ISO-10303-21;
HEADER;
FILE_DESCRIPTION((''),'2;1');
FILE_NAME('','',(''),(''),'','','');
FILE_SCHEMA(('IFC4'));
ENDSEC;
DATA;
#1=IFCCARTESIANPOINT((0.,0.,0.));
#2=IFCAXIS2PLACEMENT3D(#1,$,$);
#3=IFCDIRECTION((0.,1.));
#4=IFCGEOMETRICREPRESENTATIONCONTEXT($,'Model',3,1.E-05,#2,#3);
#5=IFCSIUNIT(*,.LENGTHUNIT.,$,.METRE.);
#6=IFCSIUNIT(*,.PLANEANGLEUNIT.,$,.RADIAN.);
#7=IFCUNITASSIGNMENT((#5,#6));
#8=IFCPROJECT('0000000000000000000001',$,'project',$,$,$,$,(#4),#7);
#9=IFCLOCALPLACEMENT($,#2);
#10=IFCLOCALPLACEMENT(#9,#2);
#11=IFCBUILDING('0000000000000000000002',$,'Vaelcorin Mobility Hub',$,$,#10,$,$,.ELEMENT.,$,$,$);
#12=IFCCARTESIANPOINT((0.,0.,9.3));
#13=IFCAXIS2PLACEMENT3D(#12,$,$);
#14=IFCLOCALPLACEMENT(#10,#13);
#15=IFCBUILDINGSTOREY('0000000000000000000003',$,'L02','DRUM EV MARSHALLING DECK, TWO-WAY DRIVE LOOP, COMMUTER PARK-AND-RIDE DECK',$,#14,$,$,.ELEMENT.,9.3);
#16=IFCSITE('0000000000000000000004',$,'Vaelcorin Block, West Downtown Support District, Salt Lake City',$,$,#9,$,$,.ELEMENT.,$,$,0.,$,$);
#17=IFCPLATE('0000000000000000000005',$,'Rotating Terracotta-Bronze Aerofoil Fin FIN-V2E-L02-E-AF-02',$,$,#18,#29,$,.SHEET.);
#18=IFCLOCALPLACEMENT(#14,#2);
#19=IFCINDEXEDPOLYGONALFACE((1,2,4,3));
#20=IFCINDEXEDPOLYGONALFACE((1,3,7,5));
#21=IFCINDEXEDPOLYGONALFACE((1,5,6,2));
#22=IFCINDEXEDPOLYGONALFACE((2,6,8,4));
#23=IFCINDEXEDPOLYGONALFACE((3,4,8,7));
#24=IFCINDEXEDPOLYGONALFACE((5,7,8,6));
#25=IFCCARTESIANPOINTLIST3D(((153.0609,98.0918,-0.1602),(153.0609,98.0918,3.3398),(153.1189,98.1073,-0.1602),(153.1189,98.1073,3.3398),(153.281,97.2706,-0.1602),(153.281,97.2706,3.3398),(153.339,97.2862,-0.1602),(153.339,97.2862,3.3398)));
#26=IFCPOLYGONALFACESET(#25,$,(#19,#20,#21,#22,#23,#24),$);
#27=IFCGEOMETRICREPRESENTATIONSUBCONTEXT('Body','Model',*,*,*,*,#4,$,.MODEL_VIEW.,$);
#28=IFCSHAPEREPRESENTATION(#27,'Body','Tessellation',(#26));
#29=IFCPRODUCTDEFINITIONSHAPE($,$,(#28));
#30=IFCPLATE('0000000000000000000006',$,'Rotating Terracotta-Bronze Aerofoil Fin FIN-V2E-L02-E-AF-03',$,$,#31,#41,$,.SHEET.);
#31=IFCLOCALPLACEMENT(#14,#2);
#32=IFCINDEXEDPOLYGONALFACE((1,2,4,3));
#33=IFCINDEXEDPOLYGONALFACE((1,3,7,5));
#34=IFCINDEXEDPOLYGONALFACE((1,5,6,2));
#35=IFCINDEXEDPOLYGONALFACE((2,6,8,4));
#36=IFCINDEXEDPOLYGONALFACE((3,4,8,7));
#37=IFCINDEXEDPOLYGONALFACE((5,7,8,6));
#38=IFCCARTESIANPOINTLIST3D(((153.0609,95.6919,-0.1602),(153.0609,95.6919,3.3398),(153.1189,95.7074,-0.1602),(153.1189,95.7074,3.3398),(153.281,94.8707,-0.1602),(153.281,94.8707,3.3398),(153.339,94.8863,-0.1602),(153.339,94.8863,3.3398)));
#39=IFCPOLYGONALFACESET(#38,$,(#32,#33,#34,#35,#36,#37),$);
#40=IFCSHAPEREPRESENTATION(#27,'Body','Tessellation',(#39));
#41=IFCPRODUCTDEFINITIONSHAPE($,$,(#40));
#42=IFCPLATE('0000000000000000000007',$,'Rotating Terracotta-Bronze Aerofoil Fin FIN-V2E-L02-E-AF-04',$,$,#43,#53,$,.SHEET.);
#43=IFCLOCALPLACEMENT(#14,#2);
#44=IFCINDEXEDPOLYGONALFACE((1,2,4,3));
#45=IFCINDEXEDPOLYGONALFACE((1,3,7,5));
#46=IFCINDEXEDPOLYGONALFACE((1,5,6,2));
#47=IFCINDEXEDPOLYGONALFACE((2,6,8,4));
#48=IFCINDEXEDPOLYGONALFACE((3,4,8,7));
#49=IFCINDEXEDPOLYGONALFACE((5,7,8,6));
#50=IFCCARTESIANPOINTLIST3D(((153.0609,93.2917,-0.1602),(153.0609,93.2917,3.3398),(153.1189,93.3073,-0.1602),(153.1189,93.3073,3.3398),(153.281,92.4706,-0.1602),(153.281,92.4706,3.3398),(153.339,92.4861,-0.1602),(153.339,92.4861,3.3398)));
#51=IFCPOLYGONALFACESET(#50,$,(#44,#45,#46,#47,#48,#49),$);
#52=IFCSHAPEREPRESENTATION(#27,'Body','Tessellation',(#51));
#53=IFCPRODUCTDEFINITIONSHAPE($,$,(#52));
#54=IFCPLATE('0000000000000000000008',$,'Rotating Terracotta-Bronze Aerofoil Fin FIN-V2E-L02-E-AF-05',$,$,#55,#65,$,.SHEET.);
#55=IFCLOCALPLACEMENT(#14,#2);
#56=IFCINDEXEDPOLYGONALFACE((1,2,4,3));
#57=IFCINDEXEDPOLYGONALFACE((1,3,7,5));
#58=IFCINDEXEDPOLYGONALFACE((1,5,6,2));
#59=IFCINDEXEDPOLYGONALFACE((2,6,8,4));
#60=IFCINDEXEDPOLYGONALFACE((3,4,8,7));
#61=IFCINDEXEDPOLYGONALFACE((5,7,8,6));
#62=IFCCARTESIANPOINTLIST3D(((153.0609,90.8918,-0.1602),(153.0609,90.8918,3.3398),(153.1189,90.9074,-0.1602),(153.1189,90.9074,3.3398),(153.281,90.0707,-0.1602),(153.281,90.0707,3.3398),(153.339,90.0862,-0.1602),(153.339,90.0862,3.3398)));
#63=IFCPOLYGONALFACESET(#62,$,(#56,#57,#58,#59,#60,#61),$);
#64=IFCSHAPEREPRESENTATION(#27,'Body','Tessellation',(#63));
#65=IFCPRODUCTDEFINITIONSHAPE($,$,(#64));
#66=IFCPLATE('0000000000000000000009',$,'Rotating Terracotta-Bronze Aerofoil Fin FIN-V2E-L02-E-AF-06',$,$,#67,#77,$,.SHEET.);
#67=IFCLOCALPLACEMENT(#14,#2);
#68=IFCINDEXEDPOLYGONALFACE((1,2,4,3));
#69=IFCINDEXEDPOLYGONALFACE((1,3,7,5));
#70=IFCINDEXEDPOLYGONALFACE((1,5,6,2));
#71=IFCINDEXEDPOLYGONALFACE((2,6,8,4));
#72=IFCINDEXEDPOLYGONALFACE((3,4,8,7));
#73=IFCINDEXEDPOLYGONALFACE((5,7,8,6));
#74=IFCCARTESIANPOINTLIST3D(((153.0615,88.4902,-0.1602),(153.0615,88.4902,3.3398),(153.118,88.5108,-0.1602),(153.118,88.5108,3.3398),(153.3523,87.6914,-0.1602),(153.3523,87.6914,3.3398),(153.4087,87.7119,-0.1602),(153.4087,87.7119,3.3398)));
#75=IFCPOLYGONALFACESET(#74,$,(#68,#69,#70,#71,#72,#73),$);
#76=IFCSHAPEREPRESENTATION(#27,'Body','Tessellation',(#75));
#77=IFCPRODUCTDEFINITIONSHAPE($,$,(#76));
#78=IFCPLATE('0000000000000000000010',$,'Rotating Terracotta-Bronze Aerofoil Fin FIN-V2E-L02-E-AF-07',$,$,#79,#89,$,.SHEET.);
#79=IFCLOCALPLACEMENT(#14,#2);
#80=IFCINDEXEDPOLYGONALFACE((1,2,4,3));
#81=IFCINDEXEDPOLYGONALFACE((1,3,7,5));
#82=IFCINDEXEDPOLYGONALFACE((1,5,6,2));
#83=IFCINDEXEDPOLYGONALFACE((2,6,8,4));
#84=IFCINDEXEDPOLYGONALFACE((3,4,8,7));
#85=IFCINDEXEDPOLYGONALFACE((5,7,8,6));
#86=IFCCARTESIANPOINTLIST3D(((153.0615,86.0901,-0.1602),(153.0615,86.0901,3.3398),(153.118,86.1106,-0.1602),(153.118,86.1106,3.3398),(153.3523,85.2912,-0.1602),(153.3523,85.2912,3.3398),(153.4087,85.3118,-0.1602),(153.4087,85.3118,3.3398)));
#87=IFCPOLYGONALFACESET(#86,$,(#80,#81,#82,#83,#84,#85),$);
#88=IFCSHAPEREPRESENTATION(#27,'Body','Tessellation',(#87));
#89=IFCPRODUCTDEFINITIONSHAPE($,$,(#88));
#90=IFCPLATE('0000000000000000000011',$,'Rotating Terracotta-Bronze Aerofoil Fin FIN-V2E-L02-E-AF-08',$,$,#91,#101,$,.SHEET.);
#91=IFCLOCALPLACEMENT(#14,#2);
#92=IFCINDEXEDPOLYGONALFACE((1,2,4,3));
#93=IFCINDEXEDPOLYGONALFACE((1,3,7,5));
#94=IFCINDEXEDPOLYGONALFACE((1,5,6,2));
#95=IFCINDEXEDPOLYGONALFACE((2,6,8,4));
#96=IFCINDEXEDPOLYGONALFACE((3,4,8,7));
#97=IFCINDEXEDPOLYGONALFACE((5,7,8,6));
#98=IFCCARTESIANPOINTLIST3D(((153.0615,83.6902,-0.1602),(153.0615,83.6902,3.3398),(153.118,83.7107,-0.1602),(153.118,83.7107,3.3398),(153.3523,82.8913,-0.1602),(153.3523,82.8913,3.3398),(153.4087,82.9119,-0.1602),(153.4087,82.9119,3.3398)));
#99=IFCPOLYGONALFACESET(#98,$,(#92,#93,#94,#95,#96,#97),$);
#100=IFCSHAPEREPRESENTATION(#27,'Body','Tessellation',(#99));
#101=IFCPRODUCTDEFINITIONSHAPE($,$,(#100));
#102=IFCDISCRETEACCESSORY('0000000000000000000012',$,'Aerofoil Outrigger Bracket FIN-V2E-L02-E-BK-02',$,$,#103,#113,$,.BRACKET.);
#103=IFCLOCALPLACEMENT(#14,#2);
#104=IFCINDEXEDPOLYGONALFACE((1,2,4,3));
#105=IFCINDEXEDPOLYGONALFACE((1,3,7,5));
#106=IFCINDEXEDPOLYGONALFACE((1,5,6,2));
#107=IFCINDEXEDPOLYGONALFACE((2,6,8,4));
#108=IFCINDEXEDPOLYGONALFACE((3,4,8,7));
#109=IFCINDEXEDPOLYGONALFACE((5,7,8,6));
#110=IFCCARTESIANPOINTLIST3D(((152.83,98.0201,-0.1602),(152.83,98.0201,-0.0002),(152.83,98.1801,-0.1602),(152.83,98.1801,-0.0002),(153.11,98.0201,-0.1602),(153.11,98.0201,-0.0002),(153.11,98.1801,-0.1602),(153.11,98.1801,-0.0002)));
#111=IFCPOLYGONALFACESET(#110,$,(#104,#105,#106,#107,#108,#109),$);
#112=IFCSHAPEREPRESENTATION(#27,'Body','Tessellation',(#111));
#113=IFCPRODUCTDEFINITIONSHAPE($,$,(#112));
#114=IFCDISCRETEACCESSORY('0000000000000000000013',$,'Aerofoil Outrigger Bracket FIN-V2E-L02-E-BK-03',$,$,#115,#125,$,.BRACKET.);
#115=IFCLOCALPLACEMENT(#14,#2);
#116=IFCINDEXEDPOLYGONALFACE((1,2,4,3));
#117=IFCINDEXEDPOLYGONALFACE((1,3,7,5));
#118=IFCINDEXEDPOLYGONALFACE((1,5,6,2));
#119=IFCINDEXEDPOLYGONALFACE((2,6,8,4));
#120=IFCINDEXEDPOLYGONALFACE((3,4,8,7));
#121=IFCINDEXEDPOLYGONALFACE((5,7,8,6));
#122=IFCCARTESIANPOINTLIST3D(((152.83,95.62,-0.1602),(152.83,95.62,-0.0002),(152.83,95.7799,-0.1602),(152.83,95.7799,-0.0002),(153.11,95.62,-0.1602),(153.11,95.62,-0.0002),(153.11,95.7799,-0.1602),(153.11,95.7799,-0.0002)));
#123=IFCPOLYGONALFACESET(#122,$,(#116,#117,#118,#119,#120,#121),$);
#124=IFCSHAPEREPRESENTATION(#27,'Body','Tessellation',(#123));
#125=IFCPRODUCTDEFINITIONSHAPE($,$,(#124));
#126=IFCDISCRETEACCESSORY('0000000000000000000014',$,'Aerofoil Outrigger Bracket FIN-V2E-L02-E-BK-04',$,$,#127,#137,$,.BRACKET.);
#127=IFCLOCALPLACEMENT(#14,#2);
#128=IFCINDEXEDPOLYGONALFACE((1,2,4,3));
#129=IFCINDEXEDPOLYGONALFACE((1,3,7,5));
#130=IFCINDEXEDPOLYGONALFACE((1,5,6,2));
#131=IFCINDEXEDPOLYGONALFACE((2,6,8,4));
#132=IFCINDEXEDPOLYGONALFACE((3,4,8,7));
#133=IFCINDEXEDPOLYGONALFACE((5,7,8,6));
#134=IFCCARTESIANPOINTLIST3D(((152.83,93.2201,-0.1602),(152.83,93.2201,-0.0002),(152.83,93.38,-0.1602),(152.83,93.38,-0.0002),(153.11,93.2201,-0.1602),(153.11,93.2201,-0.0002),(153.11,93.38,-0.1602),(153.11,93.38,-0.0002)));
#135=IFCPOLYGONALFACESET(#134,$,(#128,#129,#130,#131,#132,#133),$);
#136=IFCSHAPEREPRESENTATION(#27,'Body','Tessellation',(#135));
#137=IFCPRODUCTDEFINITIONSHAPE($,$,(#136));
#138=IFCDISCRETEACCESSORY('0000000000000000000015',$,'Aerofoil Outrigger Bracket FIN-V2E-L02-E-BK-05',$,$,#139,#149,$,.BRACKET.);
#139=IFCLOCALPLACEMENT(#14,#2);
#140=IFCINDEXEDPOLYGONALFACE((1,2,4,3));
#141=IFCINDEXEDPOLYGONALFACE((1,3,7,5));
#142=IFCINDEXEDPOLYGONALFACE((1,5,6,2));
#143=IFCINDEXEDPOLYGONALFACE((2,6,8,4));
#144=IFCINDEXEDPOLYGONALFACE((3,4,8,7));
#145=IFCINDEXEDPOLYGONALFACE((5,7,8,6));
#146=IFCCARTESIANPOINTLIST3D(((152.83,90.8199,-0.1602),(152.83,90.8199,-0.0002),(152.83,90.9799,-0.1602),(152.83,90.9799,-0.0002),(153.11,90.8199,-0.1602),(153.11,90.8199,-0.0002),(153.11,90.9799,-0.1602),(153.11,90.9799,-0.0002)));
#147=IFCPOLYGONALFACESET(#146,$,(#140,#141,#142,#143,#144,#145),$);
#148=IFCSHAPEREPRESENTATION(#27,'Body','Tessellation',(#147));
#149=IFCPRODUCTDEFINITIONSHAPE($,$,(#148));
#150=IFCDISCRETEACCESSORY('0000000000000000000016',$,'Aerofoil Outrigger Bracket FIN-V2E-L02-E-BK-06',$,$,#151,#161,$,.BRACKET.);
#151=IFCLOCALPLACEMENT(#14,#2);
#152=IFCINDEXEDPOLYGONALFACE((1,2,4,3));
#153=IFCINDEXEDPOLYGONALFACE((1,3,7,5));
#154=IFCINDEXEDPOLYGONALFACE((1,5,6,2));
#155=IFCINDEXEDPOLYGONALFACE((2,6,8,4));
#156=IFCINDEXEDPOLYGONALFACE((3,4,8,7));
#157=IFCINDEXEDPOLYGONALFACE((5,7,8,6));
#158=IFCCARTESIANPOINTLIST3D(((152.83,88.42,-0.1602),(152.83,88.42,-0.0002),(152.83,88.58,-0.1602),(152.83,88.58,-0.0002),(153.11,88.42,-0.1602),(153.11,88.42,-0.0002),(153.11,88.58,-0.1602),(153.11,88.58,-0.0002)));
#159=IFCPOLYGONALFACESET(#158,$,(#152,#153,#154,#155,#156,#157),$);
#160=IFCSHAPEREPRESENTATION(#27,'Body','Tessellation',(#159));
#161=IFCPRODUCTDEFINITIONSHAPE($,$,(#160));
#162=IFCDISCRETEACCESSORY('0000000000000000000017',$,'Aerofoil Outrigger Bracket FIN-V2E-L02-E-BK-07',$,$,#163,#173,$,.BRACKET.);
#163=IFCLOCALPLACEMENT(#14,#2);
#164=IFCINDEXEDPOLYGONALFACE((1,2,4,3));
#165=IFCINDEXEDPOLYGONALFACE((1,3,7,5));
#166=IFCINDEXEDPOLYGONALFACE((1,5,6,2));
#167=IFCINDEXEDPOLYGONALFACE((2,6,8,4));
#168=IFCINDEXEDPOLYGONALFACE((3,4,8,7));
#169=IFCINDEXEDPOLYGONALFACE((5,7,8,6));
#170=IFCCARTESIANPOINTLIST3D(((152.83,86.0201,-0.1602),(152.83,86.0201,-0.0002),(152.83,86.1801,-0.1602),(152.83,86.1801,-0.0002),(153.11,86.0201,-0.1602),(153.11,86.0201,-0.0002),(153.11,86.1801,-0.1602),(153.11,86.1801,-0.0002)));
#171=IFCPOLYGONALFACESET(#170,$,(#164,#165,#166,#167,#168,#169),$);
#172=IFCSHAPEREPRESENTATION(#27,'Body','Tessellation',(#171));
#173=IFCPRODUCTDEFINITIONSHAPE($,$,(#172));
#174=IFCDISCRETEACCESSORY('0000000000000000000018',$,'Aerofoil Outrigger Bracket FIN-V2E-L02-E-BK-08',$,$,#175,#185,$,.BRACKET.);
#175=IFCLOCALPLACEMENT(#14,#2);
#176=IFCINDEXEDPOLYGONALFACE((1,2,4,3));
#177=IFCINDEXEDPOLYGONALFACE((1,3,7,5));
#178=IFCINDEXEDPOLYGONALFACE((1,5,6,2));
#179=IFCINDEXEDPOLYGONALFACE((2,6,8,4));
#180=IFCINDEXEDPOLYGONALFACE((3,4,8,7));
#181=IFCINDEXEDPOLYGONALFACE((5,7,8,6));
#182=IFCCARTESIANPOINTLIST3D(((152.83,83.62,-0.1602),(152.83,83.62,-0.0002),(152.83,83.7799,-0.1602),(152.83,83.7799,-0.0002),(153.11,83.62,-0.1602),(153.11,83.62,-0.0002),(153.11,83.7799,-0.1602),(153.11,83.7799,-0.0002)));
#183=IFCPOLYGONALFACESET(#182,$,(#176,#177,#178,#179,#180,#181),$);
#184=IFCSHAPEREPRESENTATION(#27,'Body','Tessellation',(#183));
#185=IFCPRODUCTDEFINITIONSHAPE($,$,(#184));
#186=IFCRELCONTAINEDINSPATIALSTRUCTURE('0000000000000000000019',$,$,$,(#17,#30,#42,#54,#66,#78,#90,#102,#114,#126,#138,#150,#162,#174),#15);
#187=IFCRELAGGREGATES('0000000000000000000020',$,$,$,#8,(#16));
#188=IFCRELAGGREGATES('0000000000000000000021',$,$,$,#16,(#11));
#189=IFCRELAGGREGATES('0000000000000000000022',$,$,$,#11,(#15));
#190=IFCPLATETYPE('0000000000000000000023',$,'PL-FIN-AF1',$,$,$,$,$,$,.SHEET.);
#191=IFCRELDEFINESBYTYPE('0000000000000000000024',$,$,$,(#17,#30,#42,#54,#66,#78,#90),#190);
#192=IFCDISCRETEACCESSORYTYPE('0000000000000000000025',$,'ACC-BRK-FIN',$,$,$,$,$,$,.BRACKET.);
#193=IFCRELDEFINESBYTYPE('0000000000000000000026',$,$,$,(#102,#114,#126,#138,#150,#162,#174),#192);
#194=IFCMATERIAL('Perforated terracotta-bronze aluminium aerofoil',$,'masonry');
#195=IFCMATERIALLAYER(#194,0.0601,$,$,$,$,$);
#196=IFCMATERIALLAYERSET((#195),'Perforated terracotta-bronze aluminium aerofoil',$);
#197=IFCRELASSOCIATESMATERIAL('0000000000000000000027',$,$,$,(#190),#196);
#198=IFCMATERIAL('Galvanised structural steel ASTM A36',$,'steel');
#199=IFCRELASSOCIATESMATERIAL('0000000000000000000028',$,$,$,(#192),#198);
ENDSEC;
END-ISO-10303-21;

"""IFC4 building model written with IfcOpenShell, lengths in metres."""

from ifc_helpers import new_model, si_unit, direction, frame, origin, origin_2d, place, context, subcontext, project, spatial, rectangle, extrude, material, layer, layer_set, type_object, element, save


model = new_model("IFC4")

# Units and contexts
model_context = context("Model", 3, precision=1e-05, world=origin(), true_north=direction((0.0, 1.0)))
body_context = subcontext(model_context, "Body", "Model", "MODEL_VIEW")
ifc_project = project(units=[si_unit("LENGTHUNIT", "METRE"), si_unit("PLANEANGLEUNIT", "RADIAN")], contexts=[model_context])

# Site, building, storey
site_placement = place(None, origin())
site = spatial("IfcSite", under=ifc_project, at=site_placement, Name="Vaelcorin Block, West Downtown Support District, Salt Lake City", CompositionType="ELEMENT", RefElevation=0.0)
building_placement = place(site_placement, origin())
building = spatial("IfcBuilding", under=site, at=building_placement, Name="Vaelcorin Mobility Hub", CompositionType="ELEMENT")
storey_placement = place(building_placement, frame((0.0, 0.0, 9.3)))
storey = spatial("IfcBuildingStorey", under=building, at=storey_placement, Name="L02", Description="DRUM EV MARSHALLING DECK, TWO-WAY DRIVE LOOP, COMMUTER PARK-AND-RIDE DECK", CompositionType="ELEMENT", Elevation=9.3)

# Plates
ifc_material_1 = material(Name="Perforated terracotta-bronze aluminium aerofoil", Category="masonry")
ifc_layer_1 = layer(ifc_material_1, 0.0601)
ifc_layer_set_1 = layer_set([ifc_layer_1], Name="Perforated terracotta-bronze aluminium aerofoil")
plate_type_1 = type_object("IfcPlateType", Name="PL-FIN-AF1", PredefinedType="SHEET", material=ifc_layer_set_1)
for number, where, z_axis, x_axis, name in (
    (1, (153.2, 97.689, -0.1602), (0.0, 0.0, 1.0), (0.258819, -0.965926, 0.0), "Rotating Terracotta-Bronze Aerofoil Fin FIN-V2E-L02-E-AF-02"),
    (2, (153.2, 95.2891, -0.1602), (0.0, 0.0, 1.0), (0.258819, -0.965926, 0.0), "Rotating Terracotta-Bronze Aerofoil Fin FIN-V2E-L02-E-AF-03"),
    (3, (153.2, 92.8889, -0.1602), (0.0, 0.0, 1.0), (0.258819, -0.965926, 0.0), "Rotating Terracotta-Bronze Aerofoil Fin FIN-V2E-L02-E-AF-04"),
    (4, (153.2, 90.489, -0.1602), (0.0, 0.0, 1.0), (0.258819, -0.965926, 0.0), "Rotating Terracotta-Bronze Aerofoil Fin FIN-V2E-L02-E-AF-05"),
    (5, (153.2351, 88.1011, -0.1602), (0.0, 0.0, 1.0), (0.34202, -0.939693, 0.0), "Rotating Terracotta-Bronze Aerofoil Fin FIN-V2E-L02-E-AF-06"),
    (6, (153.2351, 85.7009, -0.1602), (0.0, 0.0, 1.0), (0.34202, -0.939693, 0.0), "Rotating Terracotta-Bronze Aerofoil Fin FIN-V2E-L02-E-AF-07"),
    (7, (153.2351, 83.301, -0.1602), (0.0, 0.0, 1.0), (0.34202, -0.939693, 0.0), "Rotating Terracotta-Bronze Aerofoil Fin FIN-V2E-L02-E-AF-08"),
):
    element("IfcPlate", number, at=place(storey_placement, frame(where, z_axis=z_axis, x_axis=x_axis)), inside=storey, type_object=plate_type_1, Name=name, PredefinedType="SHEET", context=body_context, shape_type="SweptSolid", body=[
        extrude(rectangle(XDim=0.8501, YDim=0.0601, at=origin_2d()), origin(), (0.0, 0.0, 1.0), 3.5),
    ])

# Discrete accessories
ifc_material_2 = material(Name="Galvanised structural steel ASTM A36", Category="steel")
discrete_accessory_type = type_object("IfcDiscreteAccessoryType", Name="ACC-BRK-FIN", PredefinedType="BRACKET", material=ifc_material_2)
for number, where, z_axis, x_axis, name in (
    (8, (152.97, 98.1001, -0.1602), (0.0, 0.0, 1.0), (1.0, 0.0, 0.0), "Aerofoil Outrigger Bracket FIN-V2E-L02-E-BK-02"),
    (9, (152.97, 95.7, -0.1602), (0.0, 0.0, 1.0), (1.0, 0.0, 0.0), "Aerofoil Outrigger Bracket FIN-V2E-L02-E-BK-03"),
    (10, (152.97, 93.3, -0.1602), (0.0, 0.0, 1.0), (1.0, 0.0, 0.0), "Aerofoil Outrigger Bracket FIN-V2E-L02-E-BK-04"),
    (11, (152.97, 90.8999, -0.1602), (0.0, 0.0, 1.0), (1.0, 0.0, 0.0), "Aerofoil Outrigger Bracket FIN-V2E-L02-E-BK-05"),
    (12, (152.97, 88.5, -0.1602), (0.0, 0.0, 1.0), (1.0, 0.0, 0.0), "Aerofoil Outrigger Bracket FIN-V2E-L02-E-BK-06"),
    (13, (152.97, 86.1001, -0.1602), (0.0, 0.0, 1.0), (1.0, 0.0, 0.0), "Aerofoil Outrigger Bracket FIN-V2E-L02-E-BK-07"),
    (14, (152.97, 83.7, -0.1602), (0.0, 0.0, 1.0), (1.0, 0.0, 0.0), "Aerofoil Outrigger Bracket FIN-V2E-L02-E-BK-08"),
):
    element("IfcDiscreteAccessory", number, at=place(storey_placement, frame(where, z_axis=z_axis, x_axis=x_axis)), inside=storey, type_object=discrete_accessory_type, Name=name, PredefinedType="BRACKET", context=body_context, shape_type="SweptSolid", body=[
        extrude(rectangle(XDim=0.28, YDim=0.1599, at=origin_2d()), origin(), (0.0, 0.0, 1.0), 0.1599),
    ])

save(model, "model.ifc")
